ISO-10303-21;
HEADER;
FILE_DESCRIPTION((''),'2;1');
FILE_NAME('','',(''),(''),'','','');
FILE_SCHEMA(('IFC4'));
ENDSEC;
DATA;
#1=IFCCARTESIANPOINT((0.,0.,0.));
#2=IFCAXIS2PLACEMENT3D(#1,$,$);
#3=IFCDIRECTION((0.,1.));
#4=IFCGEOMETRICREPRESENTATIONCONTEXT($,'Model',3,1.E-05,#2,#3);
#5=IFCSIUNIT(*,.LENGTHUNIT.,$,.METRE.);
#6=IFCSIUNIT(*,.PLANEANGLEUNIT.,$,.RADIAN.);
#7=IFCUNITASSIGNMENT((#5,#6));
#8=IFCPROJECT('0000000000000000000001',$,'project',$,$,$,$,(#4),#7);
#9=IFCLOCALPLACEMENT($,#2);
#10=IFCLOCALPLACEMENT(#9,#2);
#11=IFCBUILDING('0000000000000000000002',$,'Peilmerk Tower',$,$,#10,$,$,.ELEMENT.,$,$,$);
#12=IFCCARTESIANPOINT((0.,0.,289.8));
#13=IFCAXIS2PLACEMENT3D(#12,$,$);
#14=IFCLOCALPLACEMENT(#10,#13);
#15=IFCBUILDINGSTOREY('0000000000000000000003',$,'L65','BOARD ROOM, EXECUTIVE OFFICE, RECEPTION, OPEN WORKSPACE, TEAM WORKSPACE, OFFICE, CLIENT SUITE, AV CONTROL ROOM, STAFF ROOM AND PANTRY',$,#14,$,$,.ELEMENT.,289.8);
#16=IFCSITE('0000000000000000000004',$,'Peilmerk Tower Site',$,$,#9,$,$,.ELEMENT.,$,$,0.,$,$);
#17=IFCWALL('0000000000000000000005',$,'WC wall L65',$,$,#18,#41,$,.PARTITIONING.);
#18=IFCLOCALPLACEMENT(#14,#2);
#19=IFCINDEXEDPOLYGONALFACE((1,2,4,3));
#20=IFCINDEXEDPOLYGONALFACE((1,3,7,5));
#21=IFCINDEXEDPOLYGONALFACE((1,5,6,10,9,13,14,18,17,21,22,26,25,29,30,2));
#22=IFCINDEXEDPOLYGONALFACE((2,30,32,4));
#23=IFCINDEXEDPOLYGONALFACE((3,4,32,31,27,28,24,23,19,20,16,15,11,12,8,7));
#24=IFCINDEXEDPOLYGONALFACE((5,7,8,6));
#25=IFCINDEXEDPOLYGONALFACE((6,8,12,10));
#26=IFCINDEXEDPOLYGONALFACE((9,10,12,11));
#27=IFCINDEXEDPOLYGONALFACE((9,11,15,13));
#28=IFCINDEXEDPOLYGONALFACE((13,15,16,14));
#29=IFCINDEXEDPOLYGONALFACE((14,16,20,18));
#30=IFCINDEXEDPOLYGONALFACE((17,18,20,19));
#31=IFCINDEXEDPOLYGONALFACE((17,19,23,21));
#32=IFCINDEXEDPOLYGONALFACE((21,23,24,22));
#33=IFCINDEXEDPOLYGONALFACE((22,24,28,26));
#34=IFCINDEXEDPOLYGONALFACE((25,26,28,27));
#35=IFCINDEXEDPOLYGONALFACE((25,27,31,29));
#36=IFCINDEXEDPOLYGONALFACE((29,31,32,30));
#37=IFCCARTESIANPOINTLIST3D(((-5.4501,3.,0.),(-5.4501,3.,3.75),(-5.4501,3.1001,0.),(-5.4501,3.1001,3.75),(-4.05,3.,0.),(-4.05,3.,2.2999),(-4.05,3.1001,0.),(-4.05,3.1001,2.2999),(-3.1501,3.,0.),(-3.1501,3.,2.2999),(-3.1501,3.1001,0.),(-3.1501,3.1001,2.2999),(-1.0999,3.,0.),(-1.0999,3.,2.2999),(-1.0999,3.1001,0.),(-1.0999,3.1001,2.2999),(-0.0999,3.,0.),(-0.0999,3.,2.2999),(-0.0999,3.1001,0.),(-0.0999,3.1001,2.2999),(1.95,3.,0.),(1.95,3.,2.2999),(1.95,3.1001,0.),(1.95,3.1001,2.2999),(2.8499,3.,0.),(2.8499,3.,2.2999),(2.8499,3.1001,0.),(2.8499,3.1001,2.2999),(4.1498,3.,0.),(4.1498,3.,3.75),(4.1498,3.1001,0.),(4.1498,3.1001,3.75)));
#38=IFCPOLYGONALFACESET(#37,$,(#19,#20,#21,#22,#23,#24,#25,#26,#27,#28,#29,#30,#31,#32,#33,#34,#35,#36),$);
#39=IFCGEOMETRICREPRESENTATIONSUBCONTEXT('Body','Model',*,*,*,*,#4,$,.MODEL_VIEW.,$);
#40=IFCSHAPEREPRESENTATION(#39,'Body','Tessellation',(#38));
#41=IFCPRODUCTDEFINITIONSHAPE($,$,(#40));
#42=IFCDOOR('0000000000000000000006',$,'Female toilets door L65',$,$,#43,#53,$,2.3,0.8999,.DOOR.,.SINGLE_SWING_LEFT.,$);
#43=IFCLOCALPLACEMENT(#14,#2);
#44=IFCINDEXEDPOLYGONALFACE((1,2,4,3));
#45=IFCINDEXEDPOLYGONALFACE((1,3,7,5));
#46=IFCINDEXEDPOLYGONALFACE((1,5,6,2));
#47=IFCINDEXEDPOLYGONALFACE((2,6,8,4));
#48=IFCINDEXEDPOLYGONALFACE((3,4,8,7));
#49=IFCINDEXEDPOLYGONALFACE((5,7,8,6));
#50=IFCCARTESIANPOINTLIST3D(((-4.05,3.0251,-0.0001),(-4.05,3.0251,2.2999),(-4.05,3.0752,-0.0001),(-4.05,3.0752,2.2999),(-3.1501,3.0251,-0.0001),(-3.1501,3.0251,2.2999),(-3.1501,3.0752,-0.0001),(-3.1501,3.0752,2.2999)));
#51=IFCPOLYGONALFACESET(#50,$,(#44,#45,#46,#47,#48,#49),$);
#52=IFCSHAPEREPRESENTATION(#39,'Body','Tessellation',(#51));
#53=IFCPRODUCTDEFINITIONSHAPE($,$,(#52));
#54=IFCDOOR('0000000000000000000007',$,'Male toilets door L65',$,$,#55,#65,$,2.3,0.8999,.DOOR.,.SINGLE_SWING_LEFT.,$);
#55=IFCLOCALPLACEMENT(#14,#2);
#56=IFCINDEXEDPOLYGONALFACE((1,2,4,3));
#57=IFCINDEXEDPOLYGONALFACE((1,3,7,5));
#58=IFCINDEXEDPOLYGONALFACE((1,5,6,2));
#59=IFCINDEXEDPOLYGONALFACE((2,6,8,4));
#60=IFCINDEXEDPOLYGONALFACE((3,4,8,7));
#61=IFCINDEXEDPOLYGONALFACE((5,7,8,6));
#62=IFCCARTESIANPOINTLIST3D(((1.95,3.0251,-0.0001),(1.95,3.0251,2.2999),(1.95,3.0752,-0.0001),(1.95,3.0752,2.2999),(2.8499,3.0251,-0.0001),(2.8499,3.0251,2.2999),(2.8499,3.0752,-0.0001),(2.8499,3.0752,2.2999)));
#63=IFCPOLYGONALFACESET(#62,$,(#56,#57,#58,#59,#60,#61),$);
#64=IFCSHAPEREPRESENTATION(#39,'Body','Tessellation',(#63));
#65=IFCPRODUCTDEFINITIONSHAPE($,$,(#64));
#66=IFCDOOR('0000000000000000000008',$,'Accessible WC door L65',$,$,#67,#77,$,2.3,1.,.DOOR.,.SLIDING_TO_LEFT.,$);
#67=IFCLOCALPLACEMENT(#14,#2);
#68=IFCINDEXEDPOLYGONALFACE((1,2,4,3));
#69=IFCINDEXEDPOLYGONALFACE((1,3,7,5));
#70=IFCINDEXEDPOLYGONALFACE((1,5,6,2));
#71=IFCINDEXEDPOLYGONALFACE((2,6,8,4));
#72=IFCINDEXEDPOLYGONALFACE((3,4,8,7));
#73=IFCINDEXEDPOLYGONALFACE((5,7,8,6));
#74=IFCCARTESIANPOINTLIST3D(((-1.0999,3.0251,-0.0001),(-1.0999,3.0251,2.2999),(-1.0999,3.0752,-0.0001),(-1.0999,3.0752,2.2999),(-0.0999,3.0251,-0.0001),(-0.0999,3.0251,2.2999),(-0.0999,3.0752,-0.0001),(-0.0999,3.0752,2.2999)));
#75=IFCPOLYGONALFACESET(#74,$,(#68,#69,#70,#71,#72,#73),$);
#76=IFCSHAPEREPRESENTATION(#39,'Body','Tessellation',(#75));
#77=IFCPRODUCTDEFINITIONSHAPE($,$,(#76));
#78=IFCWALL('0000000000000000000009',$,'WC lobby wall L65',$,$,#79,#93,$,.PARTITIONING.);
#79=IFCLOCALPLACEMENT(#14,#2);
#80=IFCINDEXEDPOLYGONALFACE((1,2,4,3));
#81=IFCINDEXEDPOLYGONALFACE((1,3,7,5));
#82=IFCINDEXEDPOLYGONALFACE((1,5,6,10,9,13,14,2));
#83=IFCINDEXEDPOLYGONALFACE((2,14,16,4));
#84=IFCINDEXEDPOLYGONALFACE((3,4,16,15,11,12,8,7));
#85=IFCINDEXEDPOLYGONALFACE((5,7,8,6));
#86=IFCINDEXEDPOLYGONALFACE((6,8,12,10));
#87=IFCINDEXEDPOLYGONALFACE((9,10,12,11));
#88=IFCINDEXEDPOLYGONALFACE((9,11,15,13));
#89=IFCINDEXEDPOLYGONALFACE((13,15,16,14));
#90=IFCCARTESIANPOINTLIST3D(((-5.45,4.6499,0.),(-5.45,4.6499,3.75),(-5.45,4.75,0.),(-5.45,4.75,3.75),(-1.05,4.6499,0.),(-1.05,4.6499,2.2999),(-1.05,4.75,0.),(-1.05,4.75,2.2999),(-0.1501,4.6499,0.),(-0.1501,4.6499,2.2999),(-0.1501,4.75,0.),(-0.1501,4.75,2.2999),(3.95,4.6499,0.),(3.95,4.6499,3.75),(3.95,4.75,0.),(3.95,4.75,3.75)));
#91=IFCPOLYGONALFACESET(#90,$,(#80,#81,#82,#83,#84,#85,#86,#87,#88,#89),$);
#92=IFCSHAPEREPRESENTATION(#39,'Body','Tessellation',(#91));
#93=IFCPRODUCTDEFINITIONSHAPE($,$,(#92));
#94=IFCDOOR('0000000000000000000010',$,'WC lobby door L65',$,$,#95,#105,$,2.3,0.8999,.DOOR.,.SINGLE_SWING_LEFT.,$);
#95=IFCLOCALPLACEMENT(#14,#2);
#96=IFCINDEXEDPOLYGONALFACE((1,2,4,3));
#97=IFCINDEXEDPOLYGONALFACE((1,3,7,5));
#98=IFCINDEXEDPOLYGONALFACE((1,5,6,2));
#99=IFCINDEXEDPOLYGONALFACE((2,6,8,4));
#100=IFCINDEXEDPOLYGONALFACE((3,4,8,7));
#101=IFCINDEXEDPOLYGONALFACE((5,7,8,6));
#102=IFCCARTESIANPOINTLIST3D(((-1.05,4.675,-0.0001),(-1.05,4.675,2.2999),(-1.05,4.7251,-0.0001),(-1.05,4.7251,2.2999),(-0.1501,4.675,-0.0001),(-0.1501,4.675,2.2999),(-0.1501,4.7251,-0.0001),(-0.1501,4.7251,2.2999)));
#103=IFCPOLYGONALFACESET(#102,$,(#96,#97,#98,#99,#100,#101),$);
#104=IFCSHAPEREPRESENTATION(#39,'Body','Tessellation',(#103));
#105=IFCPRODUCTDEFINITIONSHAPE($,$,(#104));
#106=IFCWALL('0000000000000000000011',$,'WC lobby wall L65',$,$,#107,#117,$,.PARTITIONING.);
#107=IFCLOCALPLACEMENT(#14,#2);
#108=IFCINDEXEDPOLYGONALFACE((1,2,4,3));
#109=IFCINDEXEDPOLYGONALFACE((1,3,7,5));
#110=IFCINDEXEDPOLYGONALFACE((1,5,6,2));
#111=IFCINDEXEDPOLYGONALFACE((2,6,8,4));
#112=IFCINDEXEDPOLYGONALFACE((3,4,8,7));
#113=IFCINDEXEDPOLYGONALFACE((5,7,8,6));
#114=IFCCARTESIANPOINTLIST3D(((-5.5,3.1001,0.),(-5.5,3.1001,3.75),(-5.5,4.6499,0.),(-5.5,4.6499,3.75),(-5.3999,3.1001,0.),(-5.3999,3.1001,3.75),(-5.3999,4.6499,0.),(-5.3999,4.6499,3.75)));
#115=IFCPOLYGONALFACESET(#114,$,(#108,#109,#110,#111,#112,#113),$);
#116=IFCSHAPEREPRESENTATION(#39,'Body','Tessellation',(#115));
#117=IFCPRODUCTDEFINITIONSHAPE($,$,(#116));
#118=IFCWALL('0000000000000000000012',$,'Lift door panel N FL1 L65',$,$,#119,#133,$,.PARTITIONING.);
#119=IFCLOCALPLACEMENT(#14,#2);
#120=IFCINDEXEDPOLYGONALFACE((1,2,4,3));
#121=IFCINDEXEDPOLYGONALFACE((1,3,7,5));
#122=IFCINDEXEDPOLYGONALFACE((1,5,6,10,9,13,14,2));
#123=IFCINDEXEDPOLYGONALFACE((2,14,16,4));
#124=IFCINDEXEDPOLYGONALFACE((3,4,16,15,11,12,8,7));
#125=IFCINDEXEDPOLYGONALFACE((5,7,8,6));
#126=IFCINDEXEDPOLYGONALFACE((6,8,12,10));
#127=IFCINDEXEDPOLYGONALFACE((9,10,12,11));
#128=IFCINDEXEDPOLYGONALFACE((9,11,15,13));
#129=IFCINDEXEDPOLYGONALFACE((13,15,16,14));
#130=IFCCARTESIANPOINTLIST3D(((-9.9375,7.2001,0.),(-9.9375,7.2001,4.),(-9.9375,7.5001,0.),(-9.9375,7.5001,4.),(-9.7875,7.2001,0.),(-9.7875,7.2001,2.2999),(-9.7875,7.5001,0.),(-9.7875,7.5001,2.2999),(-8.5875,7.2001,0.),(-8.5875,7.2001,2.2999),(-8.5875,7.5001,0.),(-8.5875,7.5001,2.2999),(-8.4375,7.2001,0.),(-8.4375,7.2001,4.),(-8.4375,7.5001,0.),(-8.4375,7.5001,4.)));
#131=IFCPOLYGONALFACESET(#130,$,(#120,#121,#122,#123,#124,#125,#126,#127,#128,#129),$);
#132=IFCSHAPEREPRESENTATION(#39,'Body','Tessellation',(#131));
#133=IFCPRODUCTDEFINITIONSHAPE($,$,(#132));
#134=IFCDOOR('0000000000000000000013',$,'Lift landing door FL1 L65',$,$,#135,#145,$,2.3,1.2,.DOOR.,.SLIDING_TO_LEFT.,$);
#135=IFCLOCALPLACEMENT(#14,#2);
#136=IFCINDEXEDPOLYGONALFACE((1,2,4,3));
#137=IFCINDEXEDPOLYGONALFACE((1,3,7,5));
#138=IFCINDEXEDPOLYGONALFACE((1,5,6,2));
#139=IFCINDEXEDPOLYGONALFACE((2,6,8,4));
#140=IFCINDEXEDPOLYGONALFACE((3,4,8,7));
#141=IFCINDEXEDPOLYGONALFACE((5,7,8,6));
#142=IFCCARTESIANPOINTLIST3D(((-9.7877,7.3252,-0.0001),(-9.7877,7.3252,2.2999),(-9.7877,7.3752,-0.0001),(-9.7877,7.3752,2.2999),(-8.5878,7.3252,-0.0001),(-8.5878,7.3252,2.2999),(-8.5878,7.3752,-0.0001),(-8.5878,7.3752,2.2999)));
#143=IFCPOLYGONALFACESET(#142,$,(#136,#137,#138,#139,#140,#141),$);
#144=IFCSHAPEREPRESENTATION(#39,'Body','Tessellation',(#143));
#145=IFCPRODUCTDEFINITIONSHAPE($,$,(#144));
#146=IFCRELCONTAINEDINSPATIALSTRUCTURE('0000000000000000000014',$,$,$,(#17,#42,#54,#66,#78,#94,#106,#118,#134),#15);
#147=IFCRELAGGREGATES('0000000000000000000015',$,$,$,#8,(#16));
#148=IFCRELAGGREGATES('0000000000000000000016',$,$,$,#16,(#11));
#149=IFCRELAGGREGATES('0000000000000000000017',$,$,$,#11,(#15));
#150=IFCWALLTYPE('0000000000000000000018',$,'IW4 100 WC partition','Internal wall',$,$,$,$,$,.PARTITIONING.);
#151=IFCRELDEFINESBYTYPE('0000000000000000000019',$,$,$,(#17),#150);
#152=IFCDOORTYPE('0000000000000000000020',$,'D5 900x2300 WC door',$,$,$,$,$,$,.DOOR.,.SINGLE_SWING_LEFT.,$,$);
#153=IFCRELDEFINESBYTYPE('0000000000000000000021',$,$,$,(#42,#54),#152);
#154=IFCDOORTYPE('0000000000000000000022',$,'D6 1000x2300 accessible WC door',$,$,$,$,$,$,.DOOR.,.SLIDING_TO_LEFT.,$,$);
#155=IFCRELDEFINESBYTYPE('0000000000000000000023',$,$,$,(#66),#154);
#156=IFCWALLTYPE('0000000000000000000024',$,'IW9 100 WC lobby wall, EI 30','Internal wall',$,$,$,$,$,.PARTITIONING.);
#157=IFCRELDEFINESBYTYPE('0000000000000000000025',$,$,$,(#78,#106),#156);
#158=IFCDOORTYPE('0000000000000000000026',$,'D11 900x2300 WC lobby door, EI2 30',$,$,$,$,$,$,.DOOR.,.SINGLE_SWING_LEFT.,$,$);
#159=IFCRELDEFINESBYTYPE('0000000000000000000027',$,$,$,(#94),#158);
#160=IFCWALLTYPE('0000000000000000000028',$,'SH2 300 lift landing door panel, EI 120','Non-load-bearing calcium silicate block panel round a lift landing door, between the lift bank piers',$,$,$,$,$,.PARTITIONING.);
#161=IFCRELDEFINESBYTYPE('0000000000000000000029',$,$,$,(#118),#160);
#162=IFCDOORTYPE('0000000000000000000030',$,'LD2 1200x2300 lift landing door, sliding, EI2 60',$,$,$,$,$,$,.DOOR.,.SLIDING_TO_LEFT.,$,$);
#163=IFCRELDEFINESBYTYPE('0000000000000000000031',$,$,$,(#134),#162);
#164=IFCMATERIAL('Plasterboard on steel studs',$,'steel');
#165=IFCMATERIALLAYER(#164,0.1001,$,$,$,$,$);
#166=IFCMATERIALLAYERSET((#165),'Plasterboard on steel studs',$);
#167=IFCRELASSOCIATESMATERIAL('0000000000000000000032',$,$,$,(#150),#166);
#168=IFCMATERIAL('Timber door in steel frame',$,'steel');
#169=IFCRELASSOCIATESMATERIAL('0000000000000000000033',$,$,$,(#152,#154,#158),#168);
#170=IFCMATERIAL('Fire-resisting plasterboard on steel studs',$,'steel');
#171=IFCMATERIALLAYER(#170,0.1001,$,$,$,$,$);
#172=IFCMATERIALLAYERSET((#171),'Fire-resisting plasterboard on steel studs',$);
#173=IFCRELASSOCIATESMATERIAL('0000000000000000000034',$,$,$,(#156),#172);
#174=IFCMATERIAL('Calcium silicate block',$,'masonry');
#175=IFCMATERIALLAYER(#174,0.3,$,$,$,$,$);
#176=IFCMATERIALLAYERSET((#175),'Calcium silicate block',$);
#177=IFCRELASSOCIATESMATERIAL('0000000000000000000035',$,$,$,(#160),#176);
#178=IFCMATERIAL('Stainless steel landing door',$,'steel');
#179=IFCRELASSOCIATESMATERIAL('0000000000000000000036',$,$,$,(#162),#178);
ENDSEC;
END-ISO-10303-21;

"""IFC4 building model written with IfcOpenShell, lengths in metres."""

from ifc_helpers import new_model, si_unit, direction, frame, frame_2d, origin, place, context, subcontext, project, spatial, rectangle, extrude, material, layer, layer_set, type_object, element, fill, save


model = new_model("IFC4")

# Units and contexts
model_context = context("Model", 3, precision=1e-05, world=origin(), true_north=direction((0.0, 1.0)))
body_context = subcontext(model_context, "Body", "Model", "MODEL_VIEW")
ifc_project = project(units=[si_unit("LENGTHUNIT", "METRE"), si_unit("PLANEANGLEUNIT", "RADIAN")], contexts=[model_context])

# Site, building, storey
site_placement = place(None, origin())
site = spatial("IfcSite", under=ifc_project, at=site_placement, Name="Peilmerk Tower Site", CompositionType="ELEMENT", RefElevation=0.0)
building_placement = place(site_placement, origin())
building = spatial("IfcBuilding", under=site, at=building_placement, Name="Peilmerk Tower", CompositionType="ELEMENT")
storey_placement = place(building_placement, frame((0.0, 0.0, 289.8)))
storey = spatial("IfcBuildingStorey", under=building, at=storey_placement, Name="L65", Description="BOARD ROOM, EXECUTIVE OFFICE, RECEPTION, OPEN WORKSPACE, TEAM WORKSPACE, OFFICE, CLIENT SUITE, AV CONTROL ROOM, STAFF ROOM AND PANTRY", CompositionType="ELEMENT", Elevation=289.8)

# Wall, openings, doors
ifc_material_1 = material(Name="Plasterboard on steel studs", Category="steel")
ifc_layer_1 = layer(ifc_material_1, 0.1001)
ifc_layer_set_1 = layer_set([ifc_layer_1], Name="Plasterboard on steel studs")
wall_type_1 = type_object("IfcWallType", Name="IW4 100 WC partition", Description="Internal wall", PredefinedType="PARTITIONING", material=ifc_layer_set_1)
wall_1_placement = place(storey_placement, frame((-5.45, 3.05, 0.0), z_axis=(0.0, 0.0, 1.0), x_axis=(1.0, 0.0, 0.0)))
wall_1 = element("IfcWall", 1, at=wall_1_placement, inside=storey, type_object=wall_type_1, Name="WC wall L65", PredefinedType="PARTITIONING", context=body_context, shape_type="SweptSolid", body=[
    extrude(rectangle(XDim=9.5999, YDim=0.1001, at=frame_2d((4.7998, 0.0))), origin(), (0.0, 0.0, 1.0), 3.75),
])
opening_1_placement = place(wall_1_placement, frame((1.3999, 0.0, 0.0)))
opening_1 = element("IfcOpeningElement", 2, at=opening_1_placement, cuts=wall_1, PredefinedType="OPENING", context=body_context, shape_type="SweptSolid", body=[
    extrude(rectangle(XDim=0.8999, YDim=2.3, at=frame_2d((0.45, 1.1499))), frame((0.0, 0.0601, 0.0), z_axis=(0.0, -1.0, 0.0), x_axis=(1.0, 0.0, 0.0)), (0.0, 0.0, 1.0), 0.1201),
])
opening_2_placement = place(wall_1_placement, frame((4.3501, 0.0, 0.0)))
opening_2 = element("IfcOpeningElement", 3, at=opening_2_placement, cuts=wall_1, PredefinedType="OPENING", context=body_context, shape_type="SweptSolid", body=[
    extrude(rectangle(XDim=1.0, YDim=2.3, at=frame_2d((0.5, 1.1499))), frame((0.0, 0.0601, 0.0), z_axis=(0.0, -1.0, 0.0), x_axis=(1.0, 0.0, 0.0)), (0.0, 0.0, 1.0), 0.1201),
])
opening_3_placement = place(wall_1_placement, frame((7.3999, 0.0, 0.0)))
opening_3 = element("IfcOpeningElement", 4, at=opening_3_placement, cuts=wall_1, PredefinedType="OPENING", context=body_context, shape_type="SweptSolid", body=[
    extrude(rectangle(XDim=0.8999, YDim=2.3, at=frame_2d((0.45, 1.1499))), frame((0.0, 0.0601, 0.0), z_axis=(0.0, -1.0, 0.0), x_axis=(1.0, 0.0, 0.0)), (0.0, 0.0, 1.0), 0.1201),
])
ifc_material_2 = material(Name="Timber door in steel frame", Category="steel")
door_type_1 = type_object("IfcDoorType", Name="D5 900x2300 WC door", OperationType="SINGLE_SWING_LEFT", PredefinedType="DOOR", material=ifc_material_2)
door_1_placement = place(opening_1_placement, frame((0.8999, 0.0, 0.0), z_axis=(0.0, 0.0, 1.0), x_axis=(-1.0, 0.0, 0.0)))
door_1 = element("IfcDoor", 5, at=door_1_placement, inside=storey, type_object=door_type_1, Name="Female toilets door L65", OperationType="SINGLE_SWING_LEFT", OverallHeight=2.3, OverallWidth=0.8999, PredefinedType="DOOR", context=body_context, shape_type="SweptSolid", body=[
    extrude(rectangle(XDim=0.8999, YDim=2.3, at=frame_2d((0.45, 1.1499))), frame((0.0, 0.0249, 0.0), z_axis=(0.0, -1.0, 0.0), x_axis=(1.0, 0.0, 0.0)), (0.0, 0.0, 1.0), 0.05),
])
fill(opening_1, door_1)
door_2_placement = place(opening_3_placement, frame((0.8999, 0.0, 0.0), z_axis=(0.0, 0.0, 1.0), x_axis=(-1.0, 0.0, 0.0)))
door_2 = element("IfcDoor", 6, at=door_2_placement, inside=storey, type_object=door_type_1, Name="Male toilets door L65", OperationType="SINGLE_SWING_LEFT", OverallHeight=2.3, OverallWidth=0.8999, PredefinedType="DOOR", context=body_context, shape_type="SweptSolid", body=[
    extrude(rectangle(XDim=0.8999, YDim=2.3, at=frame_2d((0.45, 1.1499))), frame((0.0, 0.0249, 0.0), z_axis=(0.0, -1.0, 0.0), x_axis=(1.0, 0.0, 0.0)), (0.0, 0.0, 1.0), 0.05),
])
fill(opening_3, door_2)
door_type_2 = type_object("IfcDoorType", Name="D6 1000x2300 accessible WC door", OperationType="SLIDING_TO_LEFT", PredefinedType="DOOR", material=ifc_material_2)
door_3_placement = place(opening_2_placement, frame((1.0, 0.0, 0.0), z_axis=(0.0, 0.0, 1.0), x_axis=(-1.0, 0.0, 0.0)))
door_3 = element("IfcDoor", 7, at=door_3_placement, inside=storey, type_object=door_type_2, Name="Accessible WC door L65", OperationType="SLIDING_TO_LEFT", OverallHeight=2.3, OverallWidth=1.0, PredefinedType="DOOR", context=body_context, shape_type="SweptSolid", body=[
    extrude(rectangle(XDim=1.0, YDim=2.3, at=frame_2d((0.5, 1.1499))), frame((0.0, 0.0249, 0.0), z_axis=(0.0, -1.0, 0.0), x_axis=(1.0, 0.0, 0.0)), (0.0, 0.0, 1.0), 0.05),
])
fill(opening_2, door_3)

# Wall, opening, door
ifc_material_3 = material(Name="Fire-resisting plasterboard on steel studs", Category="steel")
ifc_layer_2 = layer(ifc_material_3, 0.1001)
ifc_layer_set_2 = layer_set([ifc_layer_2], Name="Fire-resisting plasterboard on steel studs")
wall_type_2 = type_object("IfcWallType", Name="IW9 100 WC lobby wall, EI 30", Description="Internal wall", PredefinedType="PARTITIONING", material=ifc_layer_set_2)
wall_2_placement = place(storey_placement, frame((-5.45, 4.7, 0.0), z_axis=(0.0, 0.0, 1.0), x_axis=(1.0, 0.0, 0.0)))
wall_2 = element("IfcWall", 8, at=wall_2_placement, inside=storey, type_object=wall_type_2, Name="WC lobby wall L65", PredefinedType="PARTITIONING", context=body_context, shape_type="SweptSolid", body=[
    extrude(rectangle(XDim=9.3999, YDim=0.1001, at=frame_2d((4.7, 0.0))), origin(), (0.0, 0.0, 1.0), 3.75),
])
opening_4_placement = place(wall_2_placement, frame((4.3999, 0.0, 0.0)))
opening_4 = element("IfcOpeningElement", 9, at=opening_4_placement, cuts=wall_2, PredefinedType="OPENING", context=body_context, shape_type="SweptSolid", body=[
    extrude(rectangle(XDim=0.8999, YDim=2.3, at=frame_2d((0.45, 1.1499))), frame((0.0, 0.0601, 0.0), z_axis=(0.0, -1.0, 0.0), x_axis=(1.0, 0.0, 0.0)), (0.0, 0.0, 1.0), 0.1201),
])
door_type_3 = type_object("IfcDoorType", Name="D11 900x2300 WC lobby door, EI2 30", OperationType="SINGLE_SWING_LEFT", PredefinedType="DOOR", material=ifc_material_2)
door_4_placement = place(opening_4_placement, frame((0.8999, 0.0, 0.0), z_axis=(0.0, 0.0, 1.0), x_axis=(-1.0, 0.0, 0.0)))
door_4 = element("IfcDoor", 10, at=door_4_placement, inside=storey, type_object=door_type_3, Name="WC lobby door L65", OperationType="SINGLE_SWING_LEFT", OverallHeight=2.3, OverallWidth=0.8999, PredefinedType="DOOR", context=body_context, shape_type="SweptSolid", body=[
    extrude(rectangle(XDim=0.8999, YDim=2.3, at=frame_2d((0.45, 1.1499))), frame((0.0, 0.0249, 0.0), z_axis=(0.0, -1.0, 0.0), x_axis=(1.0, 0.0, 0.0)), (0.0, 0.0, 1.0), 0.05),
])
fill(opening_4, door_4)

# Wall
wall_3_placement = place(storey_placement, frame((-5.45, 3.1001, 0.0), z_axis=(0.0, 0.0, 1.0), x_axis=(0.0, 1.0, 0.0)))
element("IfcWall", 11, at=wall_3_placement, inside=storey, type_object=wall_type_2, Name="WC lobby wall L65", PredefinedType="PARTITIONING", context=body_context, shape_type="SweptSolid", body=[
    extrude(rectangle(XDim=1.5498, YDim=0.1001, at=frame_2d((0.7749, 0.0))), origin(), (0.0, 0.0, 1.0), 3.75),
])

# Wall, opening, door
ifc_material_4 = material(Name="Calcium silicate block", Category="masonry")
ifc_layer_3 = layer(ifc_material_4, 0.3)
ifc_layer_set_3 = layer_set([ifc_layer_3], Name="Calcium silicate block")
wall_type_3 = type_object("IfcWallType", Name="SH2 300 lift landing door panel, EI 120", Description="Non-load-bearing calcium silicate block panel round a lift landing door, between the lift bank piers", PredefinedType="PARTITIONING", material=ifc_layer_set_3)
wall_4_placement = place(storey_placement, frame((-9.9375, 7.3501, 0.0), z_axis=(0.0, 0.0, 1.0), x_axis=(1.0, 0.0, 0.0)))
wall_4 = element("IfcWall", 12, at=wall_4_placement, inside=storey, type_object=wall_type_3, Name="Lift door panel N FL1 L65", PredefinedType="PARTITIONING", context=body_context, shape_type="SweptSolid", body=[
    extrude(rectangle(XDim=1.5, YDim=0.3, at=frame_2d((0.75, 0.0))), origin(), (0.0, 0.0, 1.0), 4.0),
])
opening_5_placement = place(wall_4_placement, frame((0.1499, 0.0, 0.0)))
opening_5 = element("IfcOpeningElement", 13, at=opening_5_placement, cuts=wall_4, PredefinedType="OPENING", context=body_context, shape_type="SweptSolid", body=[
    extrude(rectangle(XDim=1.2, YDim=2.3, at=frame_2d((0.6001, 1.1499))), frame((0.0, 0.1599, 0.0), z_axis=(0.0, -1.0, 0.0), x_axis=(1.0, 0.0, 0.0)), (0.0, 0.0, 1.0), 0.3201),
])
ifc_material_5 = material(Name="Stainless steel landing door", Category="steel")
door_type_4 = type_object("IfcDoorType", Name="LD2 1200x2300 lift landing door, sliding, EI2 60", OperationType="SLIDING_TO_LEFT", PredefinedType="DOOR", material=ifc_material_5)
door_5_placement = place(opening_5_placement, frame((1.2, 0.0, 0.0), z_axis=(0.0, 0.0, 1.0), x_axis=(-1.0, 0.0, 0.0)))
door_5 = element("IfcDoor", 14, at=door_5_placement, inside=storey, type_object=door_type_4, Name="Lift landing door FL1 L65", OperationType="SLIDING_TO_LEFT", OverallHeight=2.3, OverallWidth=1.2, PredefinedType="DOOR", context=body_context, shape_type="SweptSolid", body=[
    extrude(rectangle(XDim=1.2, YDim=2.3, at=frame_2d((0.6001, 1.1499))), frame((0.0, 0.0249, 0.0), z_axis=(0.0, -1.0, 0.0), x_axis=(1.0, 0.0, 0.0)), (0.0, 0.0, 1.0), 0.05),
])
fill(opening_5, door_5)

save(model, "model.ifc")
